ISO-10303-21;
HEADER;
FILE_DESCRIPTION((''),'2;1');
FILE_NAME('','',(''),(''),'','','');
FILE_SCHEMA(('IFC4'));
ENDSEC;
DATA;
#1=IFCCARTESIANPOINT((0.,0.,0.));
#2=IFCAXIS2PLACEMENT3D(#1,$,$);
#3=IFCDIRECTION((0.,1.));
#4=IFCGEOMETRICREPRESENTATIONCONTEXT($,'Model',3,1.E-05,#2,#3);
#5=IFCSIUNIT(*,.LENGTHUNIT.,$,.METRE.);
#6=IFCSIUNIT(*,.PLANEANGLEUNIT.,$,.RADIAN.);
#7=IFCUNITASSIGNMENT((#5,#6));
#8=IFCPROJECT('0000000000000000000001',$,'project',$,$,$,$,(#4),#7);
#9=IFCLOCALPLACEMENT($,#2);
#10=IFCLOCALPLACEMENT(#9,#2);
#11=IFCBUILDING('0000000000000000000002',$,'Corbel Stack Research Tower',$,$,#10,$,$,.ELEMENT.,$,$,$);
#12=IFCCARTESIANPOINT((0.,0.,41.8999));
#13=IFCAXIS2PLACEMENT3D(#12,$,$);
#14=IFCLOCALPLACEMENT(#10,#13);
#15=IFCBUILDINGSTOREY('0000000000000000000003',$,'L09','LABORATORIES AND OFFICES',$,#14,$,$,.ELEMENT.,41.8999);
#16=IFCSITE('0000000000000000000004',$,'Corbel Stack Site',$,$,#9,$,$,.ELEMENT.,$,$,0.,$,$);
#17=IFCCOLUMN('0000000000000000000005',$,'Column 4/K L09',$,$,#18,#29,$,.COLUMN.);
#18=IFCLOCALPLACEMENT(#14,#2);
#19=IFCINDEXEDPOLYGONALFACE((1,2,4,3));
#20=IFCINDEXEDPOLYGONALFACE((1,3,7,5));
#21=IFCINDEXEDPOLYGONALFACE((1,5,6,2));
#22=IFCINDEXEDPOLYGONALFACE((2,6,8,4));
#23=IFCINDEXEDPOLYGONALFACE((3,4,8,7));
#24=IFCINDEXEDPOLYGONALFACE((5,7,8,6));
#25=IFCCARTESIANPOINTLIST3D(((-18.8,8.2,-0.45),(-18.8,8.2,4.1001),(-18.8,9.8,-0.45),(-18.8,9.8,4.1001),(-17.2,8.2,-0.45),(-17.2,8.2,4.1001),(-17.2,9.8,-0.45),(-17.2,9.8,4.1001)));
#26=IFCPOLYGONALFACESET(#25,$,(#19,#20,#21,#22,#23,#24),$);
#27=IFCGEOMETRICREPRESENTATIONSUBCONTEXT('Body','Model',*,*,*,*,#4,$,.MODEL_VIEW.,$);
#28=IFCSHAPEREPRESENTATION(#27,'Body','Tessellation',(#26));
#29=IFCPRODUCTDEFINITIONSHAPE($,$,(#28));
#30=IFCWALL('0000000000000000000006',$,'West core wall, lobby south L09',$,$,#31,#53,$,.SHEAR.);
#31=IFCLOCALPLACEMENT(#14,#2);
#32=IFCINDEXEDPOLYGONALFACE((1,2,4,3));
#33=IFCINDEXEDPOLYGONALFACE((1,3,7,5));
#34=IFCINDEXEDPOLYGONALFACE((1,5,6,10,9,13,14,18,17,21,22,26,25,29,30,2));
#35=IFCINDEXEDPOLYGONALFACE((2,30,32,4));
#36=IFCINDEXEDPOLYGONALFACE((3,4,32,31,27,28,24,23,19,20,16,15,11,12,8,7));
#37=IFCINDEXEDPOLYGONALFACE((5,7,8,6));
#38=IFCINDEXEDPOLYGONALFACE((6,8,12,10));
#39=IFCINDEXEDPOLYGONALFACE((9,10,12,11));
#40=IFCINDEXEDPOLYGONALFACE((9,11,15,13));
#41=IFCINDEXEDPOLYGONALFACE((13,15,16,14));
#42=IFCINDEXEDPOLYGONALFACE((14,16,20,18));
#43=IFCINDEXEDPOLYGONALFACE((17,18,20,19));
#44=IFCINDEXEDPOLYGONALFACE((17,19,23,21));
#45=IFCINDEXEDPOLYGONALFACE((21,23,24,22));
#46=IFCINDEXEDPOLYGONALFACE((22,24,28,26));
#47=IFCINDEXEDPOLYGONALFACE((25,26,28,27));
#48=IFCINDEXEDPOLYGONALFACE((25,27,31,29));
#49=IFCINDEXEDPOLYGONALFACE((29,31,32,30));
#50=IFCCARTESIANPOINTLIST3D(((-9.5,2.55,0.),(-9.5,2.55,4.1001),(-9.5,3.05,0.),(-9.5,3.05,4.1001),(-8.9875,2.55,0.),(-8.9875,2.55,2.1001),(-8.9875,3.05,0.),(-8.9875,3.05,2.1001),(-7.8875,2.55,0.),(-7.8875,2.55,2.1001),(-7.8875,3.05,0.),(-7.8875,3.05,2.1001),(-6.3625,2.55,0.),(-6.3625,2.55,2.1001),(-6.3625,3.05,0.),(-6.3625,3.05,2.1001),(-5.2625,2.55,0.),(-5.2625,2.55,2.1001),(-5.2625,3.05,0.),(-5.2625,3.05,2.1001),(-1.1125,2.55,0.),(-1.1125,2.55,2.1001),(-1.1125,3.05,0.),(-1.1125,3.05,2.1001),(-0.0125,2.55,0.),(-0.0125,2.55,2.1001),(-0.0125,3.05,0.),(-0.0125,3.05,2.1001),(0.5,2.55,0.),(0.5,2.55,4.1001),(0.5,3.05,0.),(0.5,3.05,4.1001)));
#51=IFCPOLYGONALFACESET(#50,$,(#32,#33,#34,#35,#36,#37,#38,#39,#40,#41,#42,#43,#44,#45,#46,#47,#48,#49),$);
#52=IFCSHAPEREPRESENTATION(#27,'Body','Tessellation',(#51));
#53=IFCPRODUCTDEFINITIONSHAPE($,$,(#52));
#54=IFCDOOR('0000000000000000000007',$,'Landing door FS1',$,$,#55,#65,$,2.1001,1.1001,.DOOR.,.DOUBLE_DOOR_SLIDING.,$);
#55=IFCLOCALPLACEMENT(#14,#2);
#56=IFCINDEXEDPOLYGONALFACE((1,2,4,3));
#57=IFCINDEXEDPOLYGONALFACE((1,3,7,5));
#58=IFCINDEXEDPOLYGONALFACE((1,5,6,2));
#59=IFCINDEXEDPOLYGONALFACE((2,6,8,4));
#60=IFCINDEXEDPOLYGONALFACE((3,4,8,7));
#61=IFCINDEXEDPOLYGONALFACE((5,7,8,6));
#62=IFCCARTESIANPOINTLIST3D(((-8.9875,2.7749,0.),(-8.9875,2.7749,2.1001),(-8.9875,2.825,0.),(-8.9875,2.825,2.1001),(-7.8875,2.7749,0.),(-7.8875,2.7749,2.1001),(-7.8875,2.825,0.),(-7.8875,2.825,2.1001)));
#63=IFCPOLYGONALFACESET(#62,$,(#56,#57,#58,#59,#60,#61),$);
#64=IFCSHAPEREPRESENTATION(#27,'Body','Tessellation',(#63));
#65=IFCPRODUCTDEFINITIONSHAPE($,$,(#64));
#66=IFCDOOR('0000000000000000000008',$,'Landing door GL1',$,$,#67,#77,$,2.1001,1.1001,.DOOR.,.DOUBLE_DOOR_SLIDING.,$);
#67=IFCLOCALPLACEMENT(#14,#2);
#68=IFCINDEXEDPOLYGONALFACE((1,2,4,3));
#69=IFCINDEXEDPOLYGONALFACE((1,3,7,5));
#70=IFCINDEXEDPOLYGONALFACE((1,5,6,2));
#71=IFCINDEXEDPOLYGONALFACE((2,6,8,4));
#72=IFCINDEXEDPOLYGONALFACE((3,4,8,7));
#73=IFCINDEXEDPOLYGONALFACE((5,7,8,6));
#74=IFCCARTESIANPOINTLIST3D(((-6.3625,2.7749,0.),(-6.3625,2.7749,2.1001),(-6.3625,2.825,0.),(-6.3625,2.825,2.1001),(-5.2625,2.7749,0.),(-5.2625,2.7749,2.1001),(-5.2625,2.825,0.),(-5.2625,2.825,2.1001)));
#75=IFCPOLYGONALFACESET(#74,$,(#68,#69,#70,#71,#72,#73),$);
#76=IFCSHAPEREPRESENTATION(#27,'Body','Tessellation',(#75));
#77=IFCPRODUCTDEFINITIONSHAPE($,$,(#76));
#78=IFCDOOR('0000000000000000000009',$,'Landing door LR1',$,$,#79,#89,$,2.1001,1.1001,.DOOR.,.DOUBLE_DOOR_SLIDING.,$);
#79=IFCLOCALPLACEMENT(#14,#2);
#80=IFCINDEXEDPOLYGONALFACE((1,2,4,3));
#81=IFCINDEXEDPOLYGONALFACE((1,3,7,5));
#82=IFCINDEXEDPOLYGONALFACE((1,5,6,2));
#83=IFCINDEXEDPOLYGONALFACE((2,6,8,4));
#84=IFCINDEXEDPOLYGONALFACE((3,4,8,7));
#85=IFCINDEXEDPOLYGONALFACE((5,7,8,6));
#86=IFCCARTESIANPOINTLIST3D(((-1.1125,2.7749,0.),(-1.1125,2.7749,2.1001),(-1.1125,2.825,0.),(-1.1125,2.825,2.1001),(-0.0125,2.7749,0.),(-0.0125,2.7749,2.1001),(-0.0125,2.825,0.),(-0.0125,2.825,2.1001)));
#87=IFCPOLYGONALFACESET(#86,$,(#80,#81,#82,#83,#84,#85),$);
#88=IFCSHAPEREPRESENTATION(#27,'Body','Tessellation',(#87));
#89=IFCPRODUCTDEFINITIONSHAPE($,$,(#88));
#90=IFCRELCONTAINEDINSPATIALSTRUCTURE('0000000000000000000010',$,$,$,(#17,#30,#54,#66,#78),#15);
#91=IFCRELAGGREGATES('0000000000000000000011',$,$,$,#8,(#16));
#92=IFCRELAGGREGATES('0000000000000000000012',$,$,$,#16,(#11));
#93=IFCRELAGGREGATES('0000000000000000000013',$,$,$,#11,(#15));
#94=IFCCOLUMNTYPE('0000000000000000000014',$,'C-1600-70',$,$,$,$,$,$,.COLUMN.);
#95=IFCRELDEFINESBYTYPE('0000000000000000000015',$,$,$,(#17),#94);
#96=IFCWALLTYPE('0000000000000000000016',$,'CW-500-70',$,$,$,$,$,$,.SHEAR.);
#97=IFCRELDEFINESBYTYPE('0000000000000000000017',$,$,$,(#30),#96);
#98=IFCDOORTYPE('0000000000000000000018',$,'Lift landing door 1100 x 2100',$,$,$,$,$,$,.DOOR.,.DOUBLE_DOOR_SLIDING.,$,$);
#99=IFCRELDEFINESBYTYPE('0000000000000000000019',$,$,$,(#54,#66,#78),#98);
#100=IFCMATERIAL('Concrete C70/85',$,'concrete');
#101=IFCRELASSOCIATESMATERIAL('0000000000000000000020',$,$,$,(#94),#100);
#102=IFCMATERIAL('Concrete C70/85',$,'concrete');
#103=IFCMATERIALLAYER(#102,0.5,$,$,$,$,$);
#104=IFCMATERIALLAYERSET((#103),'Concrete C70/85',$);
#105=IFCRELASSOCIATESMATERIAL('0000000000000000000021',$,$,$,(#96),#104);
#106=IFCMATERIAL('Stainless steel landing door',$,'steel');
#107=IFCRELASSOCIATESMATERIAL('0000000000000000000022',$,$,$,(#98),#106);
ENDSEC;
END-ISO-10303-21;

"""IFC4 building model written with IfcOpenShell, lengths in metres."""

from ifc_helpers import new_model, si_unit, direction, frame, frame_2d, origin, origin_2d, place, context, subcontext, project, spatial, rectangle, extrude, material, layer, layer_set, material_profile, profile_set, type_object, element, fill, save


model = new_model("IFC4")

# Units and contexts
model_context = context("Model", 3, precision=1e-05, world=origin(), true_north=direction((0.0, 1.0)))
body_context = subcontext(model_context, "Body", "Model", "MODEL_VIEW")
ifc_project = project(units=[si_unit("LENGTHUNIT", "METRE"), si_unit("PLANEANGLEUNIT", "RADIAN")], contexts=[model_context])

# Site, building, storey
site_placement = place(None, origin())
site = spatial("IfcSite", under=ifc_project, at=site_placement, Name="Corbel Stack Site", CompositionType="ELEMENT", RefElevation=0.0)
building_placement = place(site_placement, origin())
building = spatial("IfcBuilding", under=site, at=building_placement, Name="Corbel Stack Research Tower", CompositionType="ELEMENT")
storey_placement = place(building_placement, frame((0.0, 0.0, 41.8999)))
storey = spatial("IfcBuildingStorey", under=building, at=storey_placement, Name="L09", Description="LABORATORIES AND OFFICES", CompositionType="ELEMENT", Elevation=41.8999)

# Column
ifc_material_1 = material(Name="Concrete C70/85", Category="concrete")
ifc_material_profile = material_profile(ifc_material_1, rectangle(XDim=1.6001, YDim=1.6001, at=origin_2d()), Name="RC 1600 x 1600")
ifc_profile_set = profile_set([ifc_material_profile], Name="Concrete C70/85")
column_type = type_object("IfcColumnType", Name="C-1600-70", PredefinedType="COLUMN", material=ifc_profile_set)
column_placement = place(storey_placement, frame((-18.0, 9.0, -0.45), z_axis=(0.0, 0.0, 1.0), x_axis=(1.0, 0.0, 0.0)))
element("IfcColumn", 1, at=column_placement, inside=storey, type_object=column_type, Name="Column 4/K L09", PredefinedType="COLUMN", context=body_context, shape_type="SweptSolid", body=[
    extrude(rectangle(XDim=1.6001, YDim=1.6001, at=origin_2d()), origin(), (0.0, 0.0, 1.0), 4.55),
])

# Wall, openings, doors
ifc_material_2 = material(Name="Concrete C70/85", Category="concrete")
ifc_layer_1 = layer(ifc_material_2, 0.5)
ifc_layer_set_1 = layer_set([ifc_layer_1], Name="Concrete C70/85")
wall_type_1 = type_object("IfcWallType", Name="CW-500-70", PredefinedType="SHEAR", material=ifc_layer_set_1)
wall_1_placement = place(storey_placement, frame((-9.5, 2.8, 0.0), z_axis=(0.0, 0.0, 1.0), x_axis=(1.0, 0.0, 0.0)))
wall_1 = element("IfcWall", 2, at=wall_1_placement, inside=storey, type_object=wall_type_1, Name="West core wall, lobby south L09", PredefinedType="SHEAR", context=body_context, shape_type="SweptSolid", body=[
    extrude(rectangle(XDim=10.0, YDim=0.5, at=frame_2d((5.0, 0.0))), origin(), (0.0, 0.0, 1.0), 4.1001),
])
opening_1_placement = place(wall_1_placement, frame((0.5125, 0.0, 0.0)))
opening_1 = element("IfcOpeningElement", 3, at=opening_1_placement, cuts=wall_1, PredefinedType="OPENING", context=body_context, shape_type="SweptSolid", body=[
    extrude(rectangle(XDim=1.1001, YDim=2.1001, at=frame_2d((0.55, 1.05))), frame((0.0, 0.26, 0.0), z_axis=(0.0, -1.0, 0.0), x_axis=(1.0, 0.0, 0.0)), (0.0, 0.0, 1.0), 0.52),
])
opening_2_placement = place(wall_1_placement, frame((3.1375, 0.0, 0.0)))
opening_2 = element("IfcOpeningElement", 4, at=opening_2_placement, cuts=wall_1, PredefinedType="OPENING", context=body_context, shape_type="SweptSolid", body=[
    extrude(rectangle(XDim=1.1001, YDim=2.1001, at=frame_2d((0.55, 1.05))), frame((0.0, 0.26, 0.0), z_axis=(0.0, -1.0, 0.0), x_axis=(1.0, 0.0, 0.0)), (0.0, 0.0, 1.0), 0.52),
])
opening_3_placement = place(wall_1_placement, frame((8.3875, 0.0, 0.0)))
opening_3 = element("IfcOpeningElement", 5, at=opening_3_placement, cuts=wall_1, PredefinedType="OPENING", context=body_context, shape_type="SweptSolid", body=[
    extrude(rectangle(XDim=1.1001, YDim=2.1001, at=frame_2d((0.55, 1.05))), frame((0.0, 0.26, 0.0), z_axis=(0.0, -1.0, 0.0), x_axis=(1.0, 0.0, 0.0)), (0.0, 0.0, 1.0), 0.52),
])
ifc_material_3 = material(Name="Stainless steel landing door", Category="steel")
door_type_1 = type_object("IfcDoorType", Name="Lift landing door 1100 x 2100", OperationType="DOUBLE_DOOR_SLIDING", PredefinedType="DOOR", material=ifc_material_3)
door_1_placement = place(opening_1_placement, origin())
door_1 = element("IfcDoor", 6, at=door_1_placement, inside=storey, type_object=door_type_1, Name="Landing door FS1", OperationType="DOUBLE_DOOR_SLIDING", OverallHeight=2.1001, OverallWidth=1.1001, PredefinedType="DOOR", context=body_context, shape_type="SweptSolid", body=[
    extrude(rectangle(XDim=1.1001, YDim=2.1001, at=frame_2d((0.55, 1.05))), frame((0.0, 0.0249, 0.0), z_axis=(0.0, -1.0, 0.0), x_axis=(1.0, 0.0, 0.0)), (0.0, 0.0, 1.0), 0.05),
])
fill(opening_1, door_1)
door_2_placement = place(opening_2_placement, origin())
door_2 = element("IfcDoor", 7, at=door_2_placement, inside=storey, type_object=door_type_1, Name="Landing door GL1", OperationType="DOUBLE_DOOR_SLIDING", OverallHeight=2.1001, OverallWidth=1.1001, PredefinedType="DOOR", context=body_context, shape_type="SweptSolid", body=[
    extrude(rectangle(XDim=1.1001, YDim=2.1001, at=frame_2d((0.55, 1.05))), frame((0.0, 0.0249, 0.0), z_axis=(0.0, -1.0, 0.0), x_axis=(1.0, 0.0, 0.0)), (0.0, 0.0, 1.0), 0.05),
])
fill(opening_2, door_2)
door_3_placement = place(opening_3_placement, origin())
door_3 = element("IfcDoor", 8, at=door_3_placement, inside=storey, type_object=door_type_1, Name="Landing door LR1", OperationType="DOUBLE_DOOR_SLIDING", OverallHeight=2.1001, OverallWidth=1.1001, PredefinedType="DOOR", context=body_context, shape_type="SweptSolid", body=[
    extrude(rectangle(XDim=1.1001, YDim=2.1001, at=frame_2d((0.55, 1.05))), frame((0.0, 0.0249, 0.0), z_axis=(0.0, -1.0, 0.0), x_axis=(1.0, 0.0, 0.0)), (0.0, 0.0, 1.0), 0.05),
])
fill(opening_3, door_3)

save(model, "model.ifc")
